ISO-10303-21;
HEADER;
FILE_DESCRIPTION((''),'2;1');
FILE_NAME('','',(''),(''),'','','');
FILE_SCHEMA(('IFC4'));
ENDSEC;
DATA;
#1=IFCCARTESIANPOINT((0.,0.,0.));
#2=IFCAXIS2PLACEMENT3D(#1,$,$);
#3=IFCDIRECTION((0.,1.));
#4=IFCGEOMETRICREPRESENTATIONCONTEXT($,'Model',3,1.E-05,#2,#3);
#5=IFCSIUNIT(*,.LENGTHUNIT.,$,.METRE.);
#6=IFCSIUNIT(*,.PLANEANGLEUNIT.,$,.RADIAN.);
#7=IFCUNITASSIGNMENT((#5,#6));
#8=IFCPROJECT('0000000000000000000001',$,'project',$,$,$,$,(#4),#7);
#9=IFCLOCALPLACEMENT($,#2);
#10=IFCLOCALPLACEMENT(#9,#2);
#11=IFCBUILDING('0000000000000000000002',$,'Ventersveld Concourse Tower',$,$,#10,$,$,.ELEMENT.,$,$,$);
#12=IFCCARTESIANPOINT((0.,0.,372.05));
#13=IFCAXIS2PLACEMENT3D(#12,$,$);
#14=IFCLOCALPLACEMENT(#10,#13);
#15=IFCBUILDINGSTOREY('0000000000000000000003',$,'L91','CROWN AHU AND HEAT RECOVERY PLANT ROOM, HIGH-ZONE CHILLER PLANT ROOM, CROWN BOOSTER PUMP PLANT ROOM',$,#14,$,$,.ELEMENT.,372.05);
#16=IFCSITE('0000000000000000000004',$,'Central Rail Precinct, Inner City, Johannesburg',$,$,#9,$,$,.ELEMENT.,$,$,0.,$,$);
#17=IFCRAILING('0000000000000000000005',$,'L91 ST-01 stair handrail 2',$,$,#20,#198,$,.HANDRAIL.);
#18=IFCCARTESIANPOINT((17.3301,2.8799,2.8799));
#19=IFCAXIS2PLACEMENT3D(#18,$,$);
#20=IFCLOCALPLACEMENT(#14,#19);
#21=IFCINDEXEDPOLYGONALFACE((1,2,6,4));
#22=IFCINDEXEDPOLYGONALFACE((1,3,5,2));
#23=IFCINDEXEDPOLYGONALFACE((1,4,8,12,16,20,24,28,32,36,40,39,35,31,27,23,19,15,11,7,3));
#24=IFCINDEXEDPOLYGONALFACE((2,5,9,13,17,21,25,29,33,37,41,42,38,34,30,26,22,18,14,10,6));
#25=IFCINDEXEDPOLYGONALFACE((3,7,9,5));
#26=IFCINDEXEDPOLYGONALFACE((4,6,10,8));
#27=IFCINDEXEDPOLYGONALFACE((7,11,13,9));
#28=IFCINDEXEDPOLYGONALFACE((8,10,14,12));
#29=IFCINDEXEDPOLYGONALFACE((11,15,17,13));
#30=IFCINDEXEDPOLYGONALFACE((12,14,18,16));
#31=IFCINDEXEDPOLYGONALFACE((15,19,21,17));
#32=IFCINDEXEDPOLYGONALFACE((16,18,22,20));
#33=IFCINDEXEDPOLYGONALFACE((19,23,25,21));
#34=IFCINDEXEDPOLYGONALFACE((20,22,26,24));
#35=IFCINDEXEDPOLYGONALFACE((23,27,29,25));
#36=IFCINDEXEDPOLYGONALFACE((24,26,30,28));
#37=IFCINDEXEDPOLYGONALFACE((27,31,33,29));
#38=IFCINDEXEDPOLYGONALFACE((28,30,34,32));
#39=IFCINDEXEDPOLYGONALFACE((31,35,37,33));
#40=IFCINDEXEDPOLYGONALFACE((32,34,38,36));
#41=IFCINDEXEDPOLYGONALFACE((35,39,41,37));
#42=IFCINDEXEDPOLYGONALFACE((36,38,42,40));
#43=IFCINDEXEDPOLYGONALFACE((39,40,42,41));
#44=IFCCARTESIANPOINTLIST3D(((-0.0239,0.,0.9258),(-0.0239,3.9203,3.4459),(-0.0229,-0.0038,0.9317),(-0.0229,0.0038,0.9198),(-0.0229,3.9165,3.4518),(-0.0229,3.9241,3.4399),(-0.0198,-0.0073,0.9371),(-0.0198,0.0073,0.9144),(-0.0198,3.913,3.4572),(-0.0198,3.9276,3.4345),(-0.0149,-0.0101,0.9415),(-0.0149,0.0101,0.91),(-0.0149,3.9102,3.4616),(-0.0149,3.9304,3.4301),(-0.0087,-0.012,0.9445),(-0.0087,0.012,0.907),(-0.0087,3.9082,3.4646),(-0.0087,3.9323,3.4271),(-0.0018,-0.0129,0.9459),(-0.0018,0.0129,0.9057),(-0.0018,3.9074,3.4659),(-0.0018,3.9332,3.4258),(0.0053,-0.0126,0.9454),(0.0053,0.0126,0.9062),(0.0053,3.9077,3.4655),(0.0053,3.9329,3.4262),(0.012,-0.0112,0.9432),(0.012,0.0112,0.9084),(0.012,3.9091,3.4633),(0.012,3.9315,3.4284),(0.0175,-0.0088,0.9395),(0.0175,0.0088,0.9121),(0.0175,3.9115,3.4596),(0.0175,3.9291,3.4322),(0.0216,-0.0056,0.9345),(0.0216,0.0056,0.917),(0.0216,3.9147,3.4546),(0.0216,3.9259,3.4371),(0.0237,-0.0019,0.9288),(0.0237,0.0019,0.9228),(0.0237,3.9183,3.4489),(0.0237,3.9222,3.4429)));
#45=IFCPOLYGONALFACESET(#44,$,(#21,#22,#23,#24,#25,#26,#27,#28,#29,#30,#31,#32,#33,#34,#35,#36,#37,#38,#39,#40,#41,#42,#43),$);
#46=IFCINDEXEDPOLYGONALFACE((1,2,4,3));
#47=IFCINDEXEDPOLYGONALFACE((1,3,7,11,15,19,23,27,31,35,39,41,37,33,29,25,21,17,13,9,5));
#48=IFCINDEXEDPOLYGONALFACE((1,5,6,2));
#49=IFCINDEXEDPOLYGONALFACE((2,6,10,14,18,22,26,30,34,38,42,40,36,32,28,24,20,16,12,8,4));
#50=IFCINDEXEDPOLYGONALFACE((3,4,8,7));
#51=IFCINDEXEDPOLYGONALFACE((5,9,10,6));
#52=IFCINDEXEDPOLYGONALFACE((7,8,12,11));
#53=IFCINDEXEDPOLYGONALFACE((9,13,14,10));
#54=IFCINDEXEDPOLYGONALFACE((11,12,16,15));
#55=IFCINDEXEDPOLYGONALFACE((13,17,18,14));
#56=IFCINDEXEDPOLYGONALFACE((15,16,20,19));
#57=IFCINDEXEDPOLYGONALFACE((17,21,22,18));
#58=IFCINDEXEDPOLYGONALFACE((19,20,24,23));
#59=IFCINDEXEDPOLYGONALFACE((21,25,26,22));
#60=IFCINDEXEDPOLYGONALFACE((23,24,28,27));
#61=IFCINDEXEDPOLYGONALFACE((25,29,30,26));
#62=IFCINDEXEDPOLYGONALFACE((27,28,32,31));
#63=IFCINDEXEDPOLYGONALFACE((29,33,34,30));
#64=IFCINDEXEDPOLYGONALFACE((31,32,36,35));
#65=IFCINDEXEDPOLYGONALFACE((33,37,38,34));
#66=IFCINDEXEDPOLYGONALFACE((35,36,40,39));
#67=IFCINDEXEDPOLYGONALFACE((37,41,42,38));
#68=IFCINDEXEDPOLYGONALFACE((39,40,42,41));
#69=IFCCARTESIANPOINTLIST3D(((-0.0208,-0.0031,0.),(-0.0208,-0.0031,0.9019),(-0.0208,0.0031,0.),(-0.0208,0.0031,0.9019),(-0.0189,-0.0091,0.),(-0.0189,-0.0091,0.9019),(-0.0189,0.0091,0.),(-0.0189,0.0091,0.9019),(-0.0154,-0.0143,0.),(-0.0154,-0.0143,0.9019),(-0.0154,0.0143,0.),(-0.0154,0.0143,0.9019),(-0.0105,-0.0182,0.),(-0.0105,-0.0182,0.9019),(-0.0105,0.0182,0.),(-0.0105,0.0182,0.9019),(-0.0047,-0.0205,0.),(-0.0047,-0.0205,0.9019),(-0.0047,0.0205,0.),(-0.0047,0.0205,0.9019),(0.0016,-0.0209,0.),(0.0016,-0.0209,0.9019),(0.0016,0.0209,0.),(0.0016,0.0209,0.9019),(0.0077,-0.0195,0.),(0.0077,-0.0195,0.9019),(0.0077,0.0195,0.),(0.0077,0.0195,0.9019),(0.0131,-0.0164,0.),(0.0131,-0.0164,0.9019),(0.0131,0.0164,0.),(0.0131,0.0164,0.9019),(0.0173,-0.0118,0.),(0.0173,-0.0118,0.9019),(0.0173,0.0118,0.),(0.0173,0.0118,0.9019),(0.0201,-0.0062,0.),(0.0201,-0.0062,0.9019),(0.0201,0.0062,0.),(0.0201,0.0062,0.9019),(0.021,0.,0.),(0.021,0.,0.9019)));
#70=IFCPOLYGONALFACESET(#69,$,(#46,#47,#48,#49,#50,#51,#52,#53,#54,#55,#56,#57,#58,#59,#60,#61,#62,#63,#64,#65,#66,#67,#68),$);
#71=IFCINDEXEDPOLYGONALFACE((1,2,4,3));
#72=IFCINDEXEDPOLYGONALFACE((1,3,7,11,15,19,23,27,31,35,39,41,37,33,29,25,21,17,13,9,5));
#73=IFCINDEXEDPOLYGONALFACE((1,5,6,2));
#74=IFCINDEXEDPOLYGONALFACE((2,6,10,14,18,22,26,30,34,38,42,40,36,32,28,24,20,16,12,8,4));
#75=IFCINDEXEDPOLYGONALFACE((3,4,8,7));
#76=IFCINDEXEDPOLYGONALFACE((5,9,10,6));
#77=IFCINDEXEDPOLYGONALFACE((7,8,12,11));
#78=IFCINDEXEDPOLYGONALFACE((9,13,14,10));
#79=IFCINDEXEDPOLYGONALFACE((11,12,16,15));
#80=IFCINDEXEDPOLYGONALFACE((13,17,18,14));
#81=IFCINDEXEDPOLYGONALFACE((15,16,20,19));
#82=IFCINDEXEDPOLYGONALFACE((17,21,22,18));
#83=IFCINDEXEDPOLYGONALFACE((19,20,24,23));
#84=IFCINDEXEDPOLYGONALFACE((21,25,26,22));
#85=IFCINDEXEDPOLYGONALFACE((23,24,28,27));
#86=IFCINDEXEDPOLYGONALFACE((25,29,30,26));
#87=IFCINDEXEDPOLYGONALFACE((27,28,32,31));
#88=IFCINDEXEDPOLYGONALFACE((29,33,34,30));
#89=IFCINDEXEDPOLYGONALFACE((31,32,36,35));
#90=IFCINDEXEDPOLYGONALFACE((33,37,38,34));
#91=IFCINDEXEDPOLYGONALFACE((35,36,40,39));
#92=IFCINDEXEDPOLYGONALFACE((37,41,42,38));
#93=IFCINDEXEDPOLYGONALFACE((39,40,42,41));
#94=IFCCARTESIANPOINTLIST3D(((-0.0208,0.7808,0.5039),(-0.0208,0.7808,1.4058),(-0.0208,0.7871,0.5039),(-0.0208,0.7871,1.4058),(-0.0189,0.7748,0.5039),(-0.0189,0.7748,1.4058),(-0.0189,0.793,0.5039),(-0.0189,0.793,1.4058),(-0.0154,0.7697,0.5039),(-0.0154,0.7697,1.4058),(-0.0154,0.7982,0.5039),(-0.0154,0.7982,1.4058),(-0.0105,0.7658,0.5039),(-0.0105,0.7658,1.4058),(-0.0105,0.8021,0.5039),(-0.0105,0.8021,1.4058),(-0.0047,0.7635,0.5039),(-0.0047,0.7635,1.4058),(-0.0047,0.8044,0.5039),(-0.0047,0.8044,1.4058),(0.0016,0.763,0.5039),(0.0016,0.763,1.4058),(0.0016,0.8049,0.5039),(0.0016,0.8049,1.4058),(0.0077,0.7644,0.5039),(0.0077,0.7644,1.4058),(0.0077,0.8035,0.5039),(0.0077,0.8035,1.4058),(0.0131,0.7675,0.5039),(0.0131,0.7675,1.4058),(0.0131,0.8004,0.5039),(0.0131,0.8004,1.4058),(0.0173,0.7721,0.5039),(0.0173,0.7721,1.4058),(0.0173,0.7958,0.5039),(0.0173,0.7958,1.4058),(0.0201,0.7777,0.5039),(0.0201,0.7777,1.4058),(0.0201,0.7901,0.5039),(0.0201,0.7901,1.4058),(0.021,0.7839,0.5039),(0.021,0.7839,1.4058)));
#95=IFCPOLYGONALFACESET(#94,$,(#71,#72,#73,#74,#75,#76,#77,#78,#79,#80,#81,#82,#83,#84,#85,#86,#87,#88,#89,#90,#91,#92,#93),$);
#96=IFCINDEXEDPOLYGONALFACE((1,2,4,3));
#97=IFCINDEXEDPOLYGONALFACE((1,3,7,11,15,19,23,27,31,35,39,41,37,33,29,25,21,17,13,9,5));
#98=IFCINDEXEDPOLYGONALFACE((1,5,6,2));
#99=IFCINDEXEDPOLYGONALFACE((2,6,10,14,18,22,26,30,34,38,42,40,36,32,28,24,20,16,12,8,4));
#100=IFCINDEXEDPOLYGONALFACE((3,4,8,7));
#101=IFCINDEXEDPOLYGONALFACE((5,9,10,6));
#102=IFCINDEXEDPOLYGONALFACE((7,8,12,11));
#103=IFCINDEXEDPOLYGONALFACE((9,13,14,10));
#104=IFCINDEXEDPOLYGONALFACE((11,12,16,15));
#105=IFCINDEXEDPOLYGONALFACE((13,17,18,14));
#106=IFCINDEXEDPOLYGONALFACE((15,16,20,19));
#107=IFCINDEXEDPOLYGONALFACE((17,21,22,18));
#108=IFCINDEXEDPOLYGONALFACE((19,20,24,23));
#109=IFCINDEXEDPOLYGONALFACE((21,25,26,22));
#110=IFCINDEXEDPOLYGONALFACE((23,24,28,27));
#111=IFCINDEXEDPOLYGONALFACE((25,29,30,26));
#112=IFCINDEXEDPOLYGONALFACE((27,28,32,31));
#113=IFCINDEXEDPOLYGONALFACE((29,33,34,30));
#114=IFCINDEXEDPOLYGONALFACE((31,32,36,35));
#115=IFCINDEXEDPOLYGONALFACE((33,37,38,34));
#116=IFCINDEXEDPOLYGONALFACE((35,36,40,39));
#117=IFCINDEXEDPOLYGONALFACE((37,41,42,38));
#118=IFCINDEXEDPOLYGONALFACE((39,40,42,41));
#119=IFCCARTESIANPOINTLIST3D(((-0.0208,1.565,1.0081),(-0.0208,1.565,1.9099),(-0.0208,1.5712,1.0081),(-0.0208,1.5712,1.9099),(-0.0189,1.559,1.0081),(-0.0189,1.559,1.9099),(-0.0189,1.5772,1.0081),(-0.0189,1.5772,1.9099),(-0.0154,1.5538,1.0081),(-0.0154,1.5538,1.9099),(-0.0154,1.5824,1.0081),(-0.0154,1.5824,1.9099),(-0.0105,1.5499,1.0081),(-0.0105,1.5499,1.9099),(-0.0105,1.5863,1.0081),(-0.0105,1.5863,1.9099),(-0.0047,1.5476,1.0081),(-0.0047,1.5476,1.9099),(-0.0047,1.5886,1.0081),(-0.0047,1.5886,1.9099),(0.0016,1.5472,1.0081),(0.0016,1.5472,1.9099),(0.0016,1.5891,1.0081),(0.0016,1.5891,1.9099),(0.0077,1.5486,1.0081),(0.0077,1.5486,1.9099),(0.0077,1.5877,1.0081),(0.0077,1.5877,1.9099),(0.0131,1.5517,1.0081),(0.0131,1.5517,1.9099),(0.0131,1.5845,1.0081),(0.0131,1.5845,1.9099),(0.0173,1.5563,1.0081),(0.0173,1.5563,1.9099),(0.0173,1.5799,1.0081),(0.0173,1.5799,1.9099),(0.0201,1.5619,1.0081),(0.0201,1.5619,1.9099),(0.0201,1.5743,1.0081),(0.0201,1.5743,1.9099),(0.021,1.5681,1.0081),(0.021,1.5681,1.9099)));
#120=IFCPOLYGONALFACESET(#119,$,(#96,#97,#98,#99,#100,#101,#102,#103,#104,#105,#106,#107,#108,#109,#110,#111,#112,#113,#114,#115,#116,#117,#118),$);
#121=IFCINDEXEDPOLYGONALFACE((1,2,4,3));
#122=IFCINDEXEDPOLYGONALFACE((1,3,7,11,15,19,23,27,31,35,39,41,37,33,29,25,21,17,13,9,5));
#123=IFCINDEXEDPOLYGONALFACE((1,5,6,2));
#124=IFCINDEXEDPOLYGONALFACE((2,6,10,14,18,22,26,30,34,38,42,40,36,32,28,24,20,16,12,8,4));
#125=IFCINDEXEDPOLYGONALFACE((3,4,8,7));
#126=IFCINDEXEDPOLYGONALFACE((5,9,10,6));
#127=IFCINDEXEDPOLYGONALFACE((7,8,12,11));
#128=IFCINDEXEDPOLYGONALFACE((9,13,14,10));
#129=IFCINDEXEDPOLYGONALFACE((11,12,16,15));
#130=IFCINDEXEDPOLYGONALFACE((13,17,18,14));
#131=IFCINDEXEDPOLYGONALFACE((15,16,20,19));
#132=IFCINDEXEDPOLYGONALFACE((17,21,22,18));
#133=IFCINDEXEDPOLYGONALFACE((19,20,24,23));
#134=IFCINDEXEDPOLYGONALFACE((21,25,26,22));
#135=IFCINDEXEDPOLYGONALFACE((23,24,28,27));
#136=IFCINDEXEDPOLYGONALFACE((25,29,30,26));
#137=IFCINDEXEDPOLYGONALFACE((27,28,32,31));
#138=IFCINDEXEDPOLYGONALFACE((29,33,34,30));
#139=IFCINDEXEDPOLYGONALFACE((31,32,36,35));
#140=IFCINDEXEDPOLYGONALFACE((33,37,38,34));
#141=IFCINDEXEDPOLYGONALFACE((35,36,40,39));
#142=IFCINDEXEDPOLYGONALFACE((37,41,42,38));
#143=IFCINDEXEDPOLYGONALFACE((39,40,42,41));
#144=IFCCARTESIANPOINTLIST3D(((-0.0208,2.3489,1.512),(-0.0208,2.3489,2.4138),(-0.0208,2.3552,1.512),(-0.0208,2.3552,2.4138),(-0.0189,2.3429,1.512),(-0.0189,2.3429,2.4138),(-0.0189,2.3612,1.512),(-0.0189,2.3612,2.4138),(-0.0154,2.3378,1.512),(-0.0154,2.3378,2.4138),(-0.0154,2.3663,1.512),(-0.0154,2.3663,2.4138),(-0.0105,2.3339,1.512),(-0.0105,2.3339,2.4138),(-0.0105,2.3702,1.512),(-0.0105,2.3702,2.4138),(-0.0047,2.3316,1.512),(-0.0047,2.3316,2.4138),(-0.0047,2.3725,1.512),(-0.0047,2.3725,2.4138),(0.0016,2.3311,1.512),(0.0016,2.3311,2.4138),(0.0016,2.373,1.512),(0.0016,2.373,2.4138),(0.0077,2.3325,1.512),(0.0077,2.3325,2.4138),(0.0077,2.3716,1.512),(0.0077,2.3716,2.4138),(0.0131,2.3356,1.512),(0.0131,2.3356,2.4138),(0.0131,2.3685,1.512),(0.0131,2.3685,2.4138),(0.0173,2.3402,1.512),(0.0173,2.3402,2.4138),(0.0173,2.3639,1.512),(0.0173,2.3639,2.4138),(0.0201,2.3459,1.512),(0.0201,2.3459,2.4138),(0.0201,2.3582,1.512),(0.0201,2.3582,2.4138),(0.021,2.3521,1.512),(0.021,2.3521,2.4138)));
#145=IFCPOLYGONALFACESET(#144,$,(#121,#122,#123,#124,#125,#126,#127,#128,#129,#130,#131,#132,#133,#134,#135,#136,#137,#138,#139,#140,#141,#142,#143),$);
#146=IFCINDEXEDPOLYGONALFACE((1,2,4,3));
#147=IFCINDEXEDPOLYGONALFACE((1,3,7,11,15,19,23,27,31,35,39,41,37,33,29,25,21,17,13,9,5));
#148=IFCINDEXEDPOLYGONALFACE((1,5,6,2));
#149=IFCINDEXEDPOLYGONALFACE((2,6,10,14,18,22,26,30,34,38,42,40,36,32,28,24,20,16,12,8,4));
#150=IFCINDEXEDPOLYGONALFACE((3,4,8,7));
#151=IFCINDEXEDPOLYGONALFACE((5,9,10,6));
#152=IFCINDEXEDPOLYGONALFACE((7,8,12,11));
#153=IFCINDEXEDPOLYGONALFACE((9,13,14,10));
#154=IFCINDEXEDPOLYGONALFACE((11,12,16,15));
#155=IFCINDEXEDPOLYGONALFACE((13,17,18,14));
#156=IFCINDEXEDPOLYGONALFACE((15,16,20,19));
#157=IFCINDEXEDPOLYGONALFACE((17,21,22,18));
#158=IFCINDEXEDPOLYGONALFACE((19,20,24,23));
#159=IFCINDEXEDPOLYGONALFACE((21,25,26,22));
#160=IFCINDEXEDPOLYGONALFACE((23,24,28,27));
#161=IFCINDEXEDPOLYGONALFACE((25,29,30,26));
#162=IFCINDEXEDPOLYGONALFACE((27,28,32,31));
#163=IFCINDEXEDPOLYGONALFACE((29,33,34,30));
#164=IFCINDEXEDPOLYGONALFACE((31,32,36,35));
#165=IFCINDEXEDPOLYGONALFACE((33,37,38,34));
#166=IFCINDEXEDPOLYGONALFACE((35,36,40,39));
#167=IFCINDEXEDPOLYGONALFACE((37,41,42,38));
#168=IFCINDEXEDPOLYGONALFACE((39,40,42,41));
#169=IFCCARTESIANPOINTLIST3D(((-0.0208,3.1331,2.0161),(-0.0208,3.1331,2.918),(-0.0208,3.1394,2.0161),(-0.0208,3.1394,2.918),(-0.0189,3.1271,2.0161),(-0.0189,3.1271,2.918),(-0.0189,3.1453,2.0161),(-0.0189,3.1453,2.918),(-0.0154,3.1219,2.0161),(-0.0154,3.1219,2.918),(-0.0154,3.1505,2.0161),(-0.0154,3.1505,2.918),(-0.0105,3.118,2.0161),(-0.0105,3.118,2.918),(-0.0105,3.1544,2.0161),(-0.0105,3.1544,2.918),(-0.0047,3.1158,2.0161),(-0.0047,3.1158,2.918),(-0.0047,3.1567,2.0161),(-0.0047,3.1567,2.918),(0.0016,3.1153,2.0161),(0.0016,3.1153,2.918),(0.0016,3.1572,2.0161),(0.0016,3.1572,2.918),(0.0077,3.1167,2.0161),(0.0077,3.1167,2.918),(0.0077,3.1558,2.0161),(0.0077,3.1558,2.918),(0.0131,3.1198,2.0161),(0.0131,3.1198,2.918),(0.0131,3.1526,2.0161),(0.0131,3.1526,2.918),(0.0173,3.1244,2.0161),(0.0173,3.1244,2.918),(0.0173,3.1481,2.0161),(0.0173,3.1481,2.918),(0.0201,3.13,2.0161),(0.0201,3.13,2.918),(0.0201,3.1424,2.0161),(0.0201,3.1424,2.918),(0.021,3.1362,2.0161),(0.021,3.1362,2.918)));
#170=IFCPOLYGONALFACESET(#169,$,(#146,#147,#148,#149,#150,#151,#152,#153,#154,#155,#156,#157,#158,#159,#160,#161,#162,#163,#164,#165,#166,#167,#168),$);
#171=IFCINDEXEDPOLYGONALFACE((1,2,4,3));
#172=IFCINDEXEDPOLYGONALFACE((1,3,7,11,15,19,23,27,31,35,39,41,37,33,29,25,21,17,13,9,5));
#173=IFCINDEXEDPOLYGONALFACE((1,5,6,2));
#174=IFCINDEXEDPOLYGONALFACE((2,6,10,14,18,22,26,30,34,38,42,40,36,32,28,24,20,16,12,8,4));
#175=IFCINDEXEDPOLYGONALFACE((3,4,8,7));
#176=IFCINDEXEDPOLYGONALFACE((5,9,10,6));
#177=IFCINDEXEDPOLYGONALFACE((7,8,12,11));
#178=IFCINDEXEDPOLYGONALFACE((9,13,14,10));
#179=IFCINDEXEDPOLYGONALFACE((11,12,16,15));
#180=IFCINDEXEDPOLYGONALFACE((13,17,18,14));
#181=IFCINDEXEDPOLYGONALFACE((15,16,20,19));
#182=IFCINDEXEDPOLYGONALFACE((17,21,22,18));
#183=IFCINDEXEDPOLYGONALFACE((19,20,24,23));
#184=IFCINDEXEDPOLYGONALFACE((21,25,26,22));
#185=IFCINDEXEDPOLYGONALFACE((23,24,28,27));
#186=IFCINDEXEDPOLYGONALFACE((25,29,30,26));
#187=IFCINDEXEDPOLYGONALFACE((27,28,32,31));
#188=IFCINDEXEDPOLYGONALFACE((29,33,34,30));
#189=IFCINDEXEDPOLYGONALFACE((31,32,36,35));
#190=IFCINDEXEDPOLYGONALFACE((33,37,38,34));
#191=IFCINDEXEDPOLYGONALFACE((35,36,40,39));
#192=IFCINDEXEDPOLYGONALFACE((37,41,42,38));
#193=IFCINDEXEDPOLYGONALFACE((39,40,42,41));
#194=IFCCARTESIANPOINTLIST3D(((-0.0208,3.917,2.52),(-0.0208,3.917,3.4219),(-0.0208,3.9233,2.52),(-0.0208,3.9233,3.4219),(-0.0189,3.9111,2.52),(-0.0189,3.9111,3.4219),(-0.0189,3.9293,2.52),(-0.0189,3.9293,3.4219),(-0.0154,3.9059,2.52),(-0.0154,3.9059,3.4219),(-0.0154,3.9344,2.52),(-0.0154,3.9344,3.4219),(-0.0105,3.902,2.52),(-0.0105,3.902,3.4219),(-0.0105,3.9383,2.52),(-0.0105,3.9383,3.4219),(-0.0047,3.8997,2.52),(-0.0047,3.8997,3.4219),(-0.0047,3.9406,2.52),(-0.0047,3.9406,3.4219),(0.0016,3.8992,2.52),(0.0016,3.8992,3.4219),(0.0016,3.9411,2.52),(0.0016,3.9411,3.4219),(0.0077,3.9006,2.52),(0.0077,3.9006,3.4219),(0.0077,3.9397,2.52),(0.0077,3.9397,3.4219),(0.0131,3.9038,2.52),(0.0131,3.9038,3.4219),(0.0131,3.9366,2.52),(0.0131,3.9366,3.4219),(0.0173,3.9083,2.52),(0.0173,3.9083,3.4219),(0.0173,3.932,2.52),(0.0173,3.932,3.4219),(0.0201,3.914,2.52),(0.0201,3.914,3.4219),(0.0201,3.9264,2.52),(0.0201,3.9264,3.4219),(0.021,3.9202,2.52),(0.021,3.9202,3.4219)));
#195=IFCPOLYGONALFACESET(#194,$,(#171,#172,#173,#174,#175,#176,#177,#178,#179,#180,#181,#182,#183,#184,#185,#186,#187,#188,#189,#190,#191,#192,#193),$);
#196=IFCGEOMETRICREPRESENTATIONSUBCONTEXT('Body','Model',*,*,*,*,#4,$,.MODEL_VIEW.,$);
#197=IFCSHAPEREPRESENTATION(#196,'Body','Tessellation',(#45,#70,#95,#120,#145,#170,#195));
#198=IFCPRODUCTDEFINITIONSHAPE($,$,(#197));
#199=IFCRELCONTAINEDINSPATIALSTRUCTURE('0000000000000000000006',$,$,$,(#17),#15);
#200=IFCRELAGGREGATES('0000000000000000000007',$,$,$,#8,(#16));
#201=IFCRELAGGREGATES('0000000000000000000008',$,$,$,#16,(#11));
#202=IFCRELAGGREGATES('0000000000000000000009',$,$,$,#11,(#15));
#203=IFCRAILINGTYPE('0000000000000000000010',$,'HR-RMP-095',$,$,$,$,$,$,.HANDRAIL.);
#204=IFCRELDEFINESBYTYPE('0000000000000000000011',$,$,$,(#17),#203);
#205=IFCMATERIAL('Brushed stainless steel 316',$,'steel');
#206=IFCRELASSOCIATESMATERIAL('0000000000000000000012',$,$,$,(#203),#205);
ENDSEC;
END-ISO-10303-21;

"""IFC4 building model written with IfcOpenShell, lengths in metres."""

from ifc_helpers import new_model, si_unit, direction, frame, origin, origin_2d, place, context, subcontext, project, spatial, circle, extrude, material, type_object, element, save


model = new_model("IFC4")

# Units and contexts
model_context = context("Model", 3, precision=1e-05, world=origin(), true_north=direction((0.0, 1.0)))
body_context = subcontext(model_context, "Body", "Model", "MODEL_VIEW")
ifc_project = project(units=[si_unit("LENGTHUNIT", "METRE"), si_unit("PLANEANGLEUNIT", "RADIAN")], contexts=[model_context])

# Site, building, storey
site_placement = place(None, origin())
site = spatial("IfcSite", under=ifc_project, at=site_placement, Name="Central Rail Precinct, Inner City, Johannesburg", CompositionType="ELEMENT", RefElevation=0.0)
building_placement = place(site_placement, origin())
building = spatial("IfcBuilding", under=site, at=building_placement, Name="Ventersveld Concourse Tower", CompositionType="ELEMENT")
storey_placement = place(building_placement, frame((0.0, 0.0, 372.05)))
storey = spatial("IfcBuildingStorey", under=building, at=storey_placement, Name="L91", Description="CROWN AHU AND HEAT RECOVERY PLANT ROOM, HIGH-ZONE CHILLER PLANT ROOM, CROWN BOOSTER PUMP PLANT ROOM", CompositionType="ELEMENT", Elevation=372.05)

# Shared definitions
ifc_material_1 = material(Name="Brushed stainless steel 316", Category="steel")

# Railing
railing_type_1 = type_object("IfcRailingType", Name="HR-RMP-095", PredefinedType="HANDRAIL", material=ifc_material_1)
railing_1_placement = place(storey_placement, frame((17.3301, 2.8799, 2.8799)))
element("IfcRailing", 1, at=railing_1_placement, inside=storey, type_object=railing_type_1, Name="L91 ST-01 stair handrail 2", PredefinedType="HANDRAIL", context=body_context, shape_type="SweptSolid", body=[
    extrude(circle(Radius=0.0239, at=origin_2d()), frame((0.0, 0.0, 0.9258), z_axis=(0.0, 0.841187, 0.540744), x_axis=(-1.0, 0.0, 0.0)), (0.0, 0.0, 1.0), 4.6604),
    extrude(circle(Radius=0.021, at=origin_2d()), origin(), (0.0, 0.0, 1.0), 0.9019),
    extrude(circle(Radius=0.021, at=origin_2d()), frame((0.0, 0.7839, 0.5039)), (0.0, 0.0, 1.0), 0.9019),
    extrude(circle(Radius=0.021, at=origin_2d()), frame((0.0, 1.5681, 1.0081)), (0.0, 0.0, 1.0), 0.9019),
    extrude(circle(Radius=0.021, at=origin_2d()), frame((0.0, 2.3521, 1.512)), (0.0, 0.0, 1.0), 0.9019),
    extrude(circle(Radius=0.021, at=origin_2d()), frame((0.0, 3.1362, 2.0161)), (0.0, 0.0, 1.0), 0.9019),
    extrude(circle(Radius=0.021, at=origin_2d()), frame((0.0, 3.9202, 2.52)), (0.0, 0.0, 1.0), 0.9019),
])

save(model, "model.ifc")
